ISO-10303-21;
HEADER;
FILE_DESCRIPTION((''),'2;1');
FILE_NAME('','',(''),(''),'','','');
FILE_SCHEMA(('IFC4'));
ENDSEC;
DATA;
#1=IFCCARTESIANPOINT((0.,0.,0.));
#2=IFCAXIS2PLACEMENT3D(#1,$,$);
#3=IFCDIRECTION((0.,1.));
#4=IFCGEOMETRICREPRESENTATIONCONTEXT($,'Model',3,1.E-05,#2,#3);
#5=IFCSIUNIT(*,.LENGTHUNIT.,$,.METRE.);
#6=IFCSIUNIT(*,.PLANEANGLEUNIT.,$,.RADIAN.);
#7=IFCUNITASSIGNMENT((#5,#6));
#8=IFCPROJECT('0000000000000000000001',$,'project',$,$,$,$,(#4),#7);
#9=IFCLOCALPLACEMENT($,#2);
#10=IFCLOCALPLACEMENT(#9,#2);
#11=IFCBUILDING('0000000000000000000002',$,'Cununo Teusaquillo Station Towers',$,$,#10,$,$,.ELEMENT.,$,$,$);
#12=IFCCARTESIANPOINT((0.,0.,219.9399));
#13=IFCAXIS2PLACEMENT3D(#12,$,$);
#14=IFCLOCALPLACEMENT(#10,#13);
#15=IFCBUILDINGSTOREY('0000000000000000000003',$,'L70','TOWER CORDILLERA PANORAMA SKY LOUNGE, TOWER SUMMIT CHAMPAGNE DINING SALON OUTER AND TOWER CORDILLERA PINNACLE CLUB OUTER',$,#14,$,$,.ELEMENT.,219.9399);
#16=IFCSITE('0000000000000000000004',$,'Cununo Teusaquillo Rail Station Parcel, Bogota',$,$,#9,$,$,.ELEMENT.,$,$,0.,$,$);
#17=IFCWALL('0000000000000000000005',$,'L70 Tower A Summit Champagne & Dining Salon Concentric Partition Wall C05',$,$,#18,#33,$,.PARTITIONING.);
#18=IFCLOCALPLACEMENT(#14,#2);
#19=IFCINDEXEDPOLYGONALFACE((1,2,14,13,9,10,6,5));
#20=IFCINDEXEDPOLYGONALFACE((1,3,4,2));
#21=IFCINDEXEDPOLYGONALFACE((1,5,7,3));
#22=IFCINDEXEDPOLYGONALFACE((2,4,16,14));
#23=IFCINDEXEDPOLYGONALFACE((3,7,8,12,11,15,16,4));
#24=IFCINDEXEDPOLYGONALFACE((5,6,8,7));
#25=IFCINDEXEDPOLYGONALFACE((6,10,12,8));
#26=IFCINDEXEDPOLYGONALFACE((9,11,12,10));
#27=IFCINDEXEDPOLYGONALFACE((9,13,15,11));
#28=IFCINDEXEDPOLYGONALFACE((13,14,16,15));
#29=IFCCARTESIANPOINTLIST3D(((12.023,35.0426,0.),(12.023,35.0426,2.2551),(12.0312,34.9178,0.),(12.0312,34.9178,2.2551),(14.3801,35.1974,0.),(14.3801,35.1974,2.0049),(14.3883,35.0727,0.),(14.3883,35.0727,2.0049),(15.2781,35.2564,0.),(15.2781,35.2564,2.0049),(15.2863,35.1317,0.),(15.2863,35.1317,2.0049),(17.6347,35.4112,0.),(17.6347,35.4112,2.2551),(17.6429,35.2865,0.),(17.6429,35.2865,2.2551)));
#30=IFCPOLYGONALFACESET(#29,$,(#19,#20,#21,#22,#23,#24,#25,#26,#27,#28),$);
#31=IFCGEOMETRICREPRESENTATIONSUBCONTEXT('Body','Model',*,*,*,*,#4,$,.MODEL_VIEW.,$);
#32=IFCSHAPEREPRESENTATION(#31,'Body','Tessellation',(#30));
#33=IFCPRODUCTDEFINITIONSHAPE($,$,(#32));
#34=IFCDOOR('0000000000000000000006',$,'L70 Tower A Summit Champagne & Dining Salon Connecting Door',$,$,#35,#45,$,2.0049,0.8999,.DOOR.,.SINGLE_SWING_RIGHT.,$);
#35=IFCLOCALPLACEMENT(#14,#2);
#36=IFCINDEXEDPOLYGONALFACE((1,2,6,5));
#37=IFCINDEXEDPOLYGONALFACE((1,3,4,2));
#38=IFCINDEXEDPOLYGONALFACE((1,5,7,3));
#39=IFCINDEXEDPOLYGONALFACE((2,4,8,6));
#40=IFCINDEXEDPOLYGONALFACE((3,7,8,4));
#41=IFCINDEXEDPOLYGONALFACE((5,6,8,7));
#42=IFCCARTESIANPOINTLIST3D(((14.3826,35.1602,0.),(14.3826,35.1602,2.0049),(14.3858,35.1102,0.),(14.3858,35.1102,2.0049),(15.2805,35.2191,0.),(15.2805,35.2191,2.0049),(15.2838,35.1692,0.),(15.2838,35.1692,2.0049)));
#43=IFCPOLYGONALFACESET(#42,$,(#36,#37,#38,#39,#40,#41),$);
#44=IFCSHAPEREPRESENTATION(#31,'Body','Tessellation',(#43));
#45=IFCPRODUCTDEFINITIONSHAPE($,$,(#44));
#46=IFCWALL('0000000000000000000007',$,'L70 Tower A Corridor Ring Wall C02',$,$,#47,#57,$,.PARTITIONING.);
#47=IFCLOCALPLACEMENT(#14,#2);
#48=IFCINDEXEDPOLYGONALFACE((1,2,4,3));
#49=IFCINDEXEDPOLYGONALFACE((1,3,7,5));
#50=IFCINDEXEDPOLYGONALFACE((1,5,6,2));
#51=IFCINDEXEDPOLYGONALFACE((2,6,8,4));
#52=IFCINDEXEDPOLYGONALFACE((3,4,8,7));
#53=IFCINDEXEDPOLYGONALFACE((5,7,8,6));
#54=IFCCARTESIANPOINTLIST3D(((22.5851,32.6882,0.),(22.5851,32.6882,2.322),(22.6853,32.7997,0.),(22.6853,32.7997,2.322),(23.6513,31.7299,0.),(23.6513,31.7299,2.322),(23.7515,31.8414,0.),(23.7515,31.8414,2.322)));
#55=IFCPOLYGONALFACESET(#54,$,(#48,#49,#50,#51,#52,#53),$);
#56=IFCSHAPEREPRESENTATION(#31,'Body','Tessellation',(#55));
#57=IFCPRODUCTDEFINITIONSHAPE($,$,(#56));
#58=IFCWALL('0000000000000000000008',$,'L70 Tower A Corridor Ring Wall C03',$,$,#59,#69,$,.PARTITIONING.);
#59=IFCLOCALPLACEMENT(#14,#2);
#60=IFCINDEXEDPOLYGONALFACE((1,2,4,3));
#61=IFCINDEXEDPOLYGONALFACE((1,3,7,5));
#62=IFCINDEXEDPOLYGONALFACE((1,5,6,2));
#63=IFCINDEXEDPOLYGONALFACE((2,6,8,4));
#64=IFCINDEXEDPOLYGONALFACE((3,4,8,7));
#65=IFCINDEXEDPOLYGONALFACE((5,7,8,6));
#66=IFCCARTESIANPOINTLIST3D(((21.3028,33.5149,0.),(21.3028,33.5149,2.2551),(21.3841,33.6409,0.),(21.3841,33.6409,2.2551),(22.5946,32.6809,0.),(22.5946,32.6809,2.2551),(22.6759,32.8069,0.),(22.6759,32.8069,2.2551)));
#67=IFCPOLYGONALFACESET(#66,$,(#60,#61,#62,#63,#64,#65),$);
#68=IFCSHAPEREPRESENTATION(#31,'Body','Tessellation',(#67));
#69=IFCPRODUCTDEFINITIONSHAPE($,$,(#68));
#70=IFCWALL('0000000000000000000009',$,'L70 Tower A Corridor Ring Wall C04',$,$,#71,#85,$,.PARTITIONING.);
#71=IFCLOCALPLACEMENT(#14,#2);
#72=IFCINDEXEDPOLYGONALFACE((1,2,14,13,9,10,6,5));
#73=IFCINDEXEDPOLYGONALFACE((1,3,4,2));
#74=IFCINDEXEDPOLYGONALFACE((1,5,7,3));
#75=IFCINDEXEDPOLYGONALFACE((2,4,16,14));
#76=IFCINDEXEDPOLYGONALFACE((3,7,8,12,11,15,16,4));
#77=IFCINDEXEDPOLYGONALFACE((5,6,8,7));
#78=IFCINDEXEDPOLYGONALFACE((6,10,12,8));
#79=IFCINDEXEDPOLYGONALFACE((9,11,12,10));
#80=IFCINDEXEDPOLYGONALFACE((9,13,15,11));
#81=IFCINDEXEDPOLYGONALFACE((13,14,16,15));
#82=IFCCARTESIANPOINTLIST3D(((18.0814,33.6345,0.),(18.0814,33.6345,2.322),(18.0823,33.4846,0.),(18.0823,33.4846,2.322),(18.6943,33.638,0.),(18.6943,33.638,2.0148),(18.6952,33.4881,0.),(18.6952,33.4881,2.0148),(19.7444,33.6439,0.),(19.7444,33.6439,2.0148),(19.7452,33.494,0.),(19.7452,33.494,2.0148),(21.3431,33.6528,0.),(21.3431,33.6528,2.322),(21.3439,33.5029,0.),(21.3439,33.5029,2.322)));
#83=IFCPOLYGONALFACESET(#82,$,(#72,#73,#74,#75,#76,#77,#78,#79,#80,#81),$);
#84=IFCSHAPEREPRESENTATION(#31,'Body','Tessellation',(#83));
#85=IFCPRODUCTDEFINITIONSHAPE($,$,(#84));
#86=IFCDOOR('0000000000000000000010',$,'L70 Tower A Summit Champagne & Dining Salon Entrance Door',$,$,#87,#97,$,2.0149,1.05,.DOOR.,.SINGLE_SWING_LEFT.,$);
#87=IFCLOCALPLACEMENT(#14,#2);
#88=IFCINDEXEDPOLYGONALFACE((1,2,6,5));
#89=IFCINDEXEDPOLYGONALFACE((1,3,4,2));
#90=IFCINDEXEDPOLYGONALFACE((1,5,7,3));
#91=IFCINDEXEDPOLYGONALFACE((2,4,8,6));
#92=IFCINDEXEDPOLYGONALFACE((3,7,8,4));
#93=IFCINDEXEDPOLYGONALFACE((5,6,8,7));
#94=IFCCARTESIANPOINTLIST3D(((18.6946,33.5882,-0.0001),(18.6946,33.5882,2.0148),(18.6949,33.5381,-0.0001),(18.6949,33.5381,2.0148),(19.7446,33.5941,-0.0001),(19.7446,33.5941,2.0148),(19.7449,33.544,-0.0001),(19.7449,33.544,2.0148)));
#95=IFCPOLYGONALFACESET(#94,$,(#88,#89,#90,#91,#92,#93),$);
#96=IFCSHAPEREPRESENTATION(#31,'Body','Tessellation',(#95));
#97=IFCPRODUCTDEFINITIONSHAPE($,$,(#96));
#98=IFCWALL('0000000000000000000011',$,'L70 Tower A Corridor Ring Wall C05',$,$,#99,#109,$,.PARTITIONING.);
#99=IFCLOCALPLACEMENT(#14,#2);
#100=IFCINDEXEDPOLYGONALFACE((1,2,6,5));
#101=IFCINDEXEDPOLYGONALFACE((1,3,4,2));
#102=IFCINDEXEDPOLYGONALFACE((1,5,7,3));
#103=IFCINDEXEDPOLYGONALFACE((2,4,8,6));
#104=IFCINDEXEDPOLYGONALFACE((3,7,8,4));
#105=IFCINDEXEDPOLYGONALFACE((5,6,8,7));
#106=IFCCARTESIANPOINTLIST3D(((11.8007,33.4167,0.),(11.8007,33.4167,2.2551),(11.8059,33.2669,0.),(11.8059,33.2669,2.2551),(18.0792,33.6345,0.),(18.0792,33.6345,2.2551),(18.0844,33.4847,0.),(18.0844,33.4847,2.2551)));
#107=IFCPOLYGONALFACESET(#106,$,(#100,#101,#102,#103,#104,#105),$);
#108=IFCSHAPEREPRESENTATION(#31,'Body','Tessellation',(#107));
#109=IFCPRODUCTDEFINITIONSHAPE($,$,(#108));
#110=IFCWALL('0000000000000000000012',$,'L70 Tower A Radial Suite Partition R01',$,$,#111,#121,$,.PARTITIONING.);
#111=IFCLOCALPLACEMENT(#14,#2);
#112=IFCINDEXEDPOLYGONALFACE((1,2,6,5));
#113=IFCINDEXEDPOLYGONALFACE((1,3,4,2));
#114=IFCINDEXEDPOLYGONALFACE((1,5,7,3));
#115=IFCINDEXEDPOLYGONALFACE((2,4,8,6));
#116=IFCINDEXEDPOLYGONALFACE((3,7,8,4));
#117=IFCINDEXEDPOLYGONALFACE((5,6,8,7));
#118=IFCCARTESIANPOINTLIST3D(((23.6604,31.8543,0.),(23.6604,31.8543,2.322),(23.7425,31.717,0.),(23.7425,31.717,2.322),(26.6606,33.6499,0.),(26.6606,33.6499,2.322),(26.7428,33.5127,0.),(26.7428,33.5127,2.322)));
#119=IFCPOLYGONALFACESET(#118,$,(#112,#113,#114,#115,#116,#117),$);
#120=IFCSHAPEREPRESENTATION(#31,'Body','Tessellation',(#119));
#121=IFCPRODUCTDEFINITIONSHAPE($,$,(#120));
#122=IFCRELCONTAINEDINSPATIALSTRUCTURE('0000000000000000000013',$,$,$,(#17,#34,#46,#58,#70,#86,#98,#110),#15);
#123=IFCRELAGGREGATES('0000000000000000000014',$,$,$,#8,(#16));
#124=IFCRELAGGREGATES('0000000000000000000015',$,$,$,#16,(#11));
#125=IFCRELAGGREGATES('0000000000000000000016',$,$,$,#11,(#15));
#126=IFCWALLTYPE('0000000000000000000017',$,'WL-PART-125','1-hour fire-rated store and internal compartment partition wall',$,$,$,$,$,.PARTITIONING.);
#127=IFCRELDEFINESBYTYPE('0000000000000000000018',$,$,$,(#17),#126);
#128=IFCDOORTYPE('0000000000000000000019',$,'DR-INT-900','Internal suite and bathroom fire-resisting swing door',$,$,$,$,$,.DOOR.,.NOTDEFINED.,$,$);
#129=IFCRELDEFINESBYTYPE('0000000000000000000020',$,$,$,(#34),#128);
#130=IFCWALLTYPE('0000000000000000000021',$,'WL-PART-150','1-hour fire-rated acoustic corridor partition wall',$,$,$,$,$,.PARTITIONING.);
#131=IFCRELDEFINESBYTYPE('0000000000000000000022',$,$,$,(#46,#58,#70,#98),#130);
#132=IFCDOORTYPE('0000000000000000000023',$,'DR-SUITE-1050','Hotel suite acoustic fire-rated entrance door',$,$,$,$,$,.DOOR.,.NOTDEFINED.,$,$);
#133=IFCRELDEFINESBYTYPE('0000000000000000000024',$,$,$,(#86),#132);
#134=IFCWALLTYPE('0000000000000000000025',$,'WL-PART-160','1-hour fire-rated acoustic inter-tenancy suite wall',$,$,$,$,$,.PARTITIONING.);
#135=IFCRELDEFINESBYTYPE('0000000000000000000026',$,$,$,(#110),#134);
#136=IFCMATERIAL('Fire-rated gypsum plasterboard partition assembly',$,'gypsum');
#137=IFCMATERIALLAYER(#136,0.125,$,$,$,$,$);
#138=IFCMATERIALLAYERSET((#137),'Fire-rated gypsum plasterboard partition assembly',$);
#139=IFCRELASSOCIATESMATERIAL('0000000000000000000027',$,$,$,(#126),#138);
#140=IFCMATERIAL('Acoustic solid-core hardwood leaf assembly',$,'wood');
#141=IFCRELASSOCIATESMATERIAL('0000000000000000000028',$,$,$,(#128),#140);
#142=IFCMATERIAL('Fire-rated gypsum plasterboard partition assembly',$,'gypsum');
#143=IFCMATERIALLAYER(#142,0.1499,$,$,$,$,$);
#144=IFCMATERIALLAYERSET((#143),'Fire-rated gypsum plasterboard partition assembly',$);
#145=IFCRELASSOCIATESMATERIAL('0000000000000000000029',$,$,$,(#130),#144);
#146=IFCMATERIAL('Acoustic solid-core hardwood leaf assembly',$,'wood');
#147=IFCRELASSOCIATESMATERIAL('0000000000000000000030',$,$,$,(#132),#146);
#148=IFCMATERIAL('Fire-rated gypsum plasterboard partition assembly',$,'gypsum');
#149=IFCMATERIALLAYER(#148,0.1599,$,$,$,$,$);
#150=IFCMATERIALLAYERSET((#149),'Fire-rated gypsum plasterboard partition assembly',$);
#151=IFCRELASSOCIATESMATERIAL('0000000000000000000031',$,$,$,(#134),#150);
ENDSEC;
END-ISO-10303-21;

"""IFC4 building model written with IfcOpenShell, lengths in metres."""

from ifc_helpers import new_model, si_unit, direction, frame, frame_2d, origin, place, context, subcontext, project, spatial, rectangle, extrude, source, transform, mapped, material, layer, layer_set, type_object, element, fill, save


model = new_model("IFC4")

# Units and contexts
model_context = context("Model", 3, precision=1e-05, world=origin(), true_north=direction((0.0, 1.0)))
body_context = subcontext(model_context, "Body", "Model", "MODEL_VIEW")
ifc_project = project(units=[si_unit("LENGTHUNIT", "METRE"), si_unit("PLANEANGLEUNIT", "RADIAN")], contexts=[model_context])

# Site, building, storey
site_placement = place(None, origin())
site = spatial("IfcSite", under=ifc_project, at=site_placement, Name="Cununo Teusaquillo Rail Station Parcel, Bogota", CompositionType="ELEMENT", RefElevation=0.0)
building_placement = place(site_placement, origin())
building = spatial("IfcBuilding", under=site, at=building_placement, Name="Cununo Teusaquillo Station Towers", CompositionType="ELEMENT")
storey_placement = place(building_placement, frame((0.0, 0.0, 219.9399)))
storey = spatial("IfcBuildingStorey", under=building, at=storey_placement, Name="L70", Description="TOWER CORDILLERA PANORAMA SKY LOUNGE, TOWER SUMMIT CHAMPAGNE DINING SALON OUTER AND TOWER CORDILLERA PINNACLE CLUB OUTER", CompositionType="ELEMENT", Elevation=219.9399)

# Shared definitions
ifc_material_1 = material(Name="Fire-rated gypsum plasterboard partition assembly", Category="gypsum")
ifc_layer_1 = layer(ifc_material_1, 0.125)
ifc_layer_set_1 = layer_set([ifc_layer_1], Name="Fire-rated gypsum plasterboard partition assembly")
wall_type_1 = type_object("IfcWallType", Name="WL-PART-125", Description="1-hour fire-rated store and internal compartment partition wall", PredefinedType="PARTITIONING", material=ifc_layer_set_1)

# Wall, opening, door
wall_1_placement = place(storey_placement, frame((17.6389, 35.3489, 0.0), z_axis=(0.0, 0.0, 1.0), x_axis=(-0.997849, -0.065554, 0.0)))
wall_1 = element("IfcWall", 1, at=wall_1_placement, inside=storey, type_object=wall_type_1, Name="L70 Tower A Summit Champagne & Dining Salon Concentric Partition Wall C05", PredefinedType="PARTITIONING", context=body_context, shape_type="SweptSolid", body=[
    extrude(rectangle(XDim=5.6238, YDim=0.125, at=frame_2d((2.812, 0.0))), origin(), (0.0, 0.0, 1.0), 2.2551),
])
shared_shape_1 = source(origin(), body_context, "Body", "SweptSolid", [
    extrude(rectangle(XDim=0.8999, YDim=2.0049, at=frame_2d((0.45, 1.0024))), frame((0.0, 0.0725, 0.0), z_axis=(0.0, -1.0, 0.0), x_axis=(1.0, 0.0, 0.0)), (0.0, 0.0, 1.0), 0.145),
])
opening_1_placement = place(wall_1_placement, frame((2.3618, 0.0, 0.0)))
opening_1 = element("IfcOpeningElement", 2, at=opening_1_placement, cuts=wall_1, PredefinedType="OPENING", context=body_context, shape_type="MappedRepresentation", body=[
    mapped(shared_shape_1, transform((0.0, 0.0, 0.0), x_axis=(1.0, 0.0, 0.0), y_axis=(0.0, 1.0, 0.0), z_axis=(0.0, 0.0, 1.0), scale=1.0)),
])
ifc_material_2 = material(Name="Acoustic solid-core hardwood leaf assembly", Category="wood")
door_type_1 = type_object("IfcDoorType", Name="DR-INT-900", Description="Internal suite and bathroom fire-resisting swing door", OperationType="NOTDEFINED", PredefinedType="DOOR", material=ifc_material_2)
shared_shape_2 = source(origin(), body_context, "Body", "SweptSolid", [
    extrude(rectangle(XDim=0.8999, YDim=2.0049, at=frame_2d((0.45, 1.0024))), frame((0.0, 0.0249, 0.0), z_axis=(0.0, -1.0, 0.0), x_axis=(1.0, 0.0, 0.0)), (0.0, 0.0, 1.0), 0.05),
])
door_1_placement = place(opening_1_placement, origin())
door_1 = element("IfcDoor", 3, at=door_1_placement, inside=storey, type_object=door_type_1, Name="L70 Tower A Summit Champagne & Dining Salon Connecting Door", OperationType="SINGLE_SWING_RIGHT", OverallHeight=2.0049, OverallWidth=0.8999, PredefinedType="DOOR", context=body_context, shape_type="MappedRepresentation", body=[
    mapped(shared_shape_2, transform((0.0, 0.0, 0.0), x_axis=(1.0, 0.0, 0.0), y_axis=(0.0, 1.0, 0.0), z_axis=(0.0, 0.0, 1.0), scale=1.0)),
])
fill(opening_1, door_1)

# Walls
ifc_material_3 = material(Name="Fire-rated gypsum plasterboard partition assembly", Category="gypsum")
ifc_layer_2 = layer(ifc_material_3, 0.1499)
ifc_layer_set_2 = layer_set([ifc_layer_2], Name="Fire-rated gypsum plasterboard partition assembly")
wall_type_2 = type_object("IfcWallType", Name="WL-PART-150", Description="1-hour fire-rated acoustic corridor partition wall", PredefinedType="PARTITIONING", material=ifc_layer_set_2)
wall_2_placement = place(storey_placement, frame((23.7014, 31.7856, 0.0), z_axis=(0.0, 0.0, 1.0), x_axis=(-0.743743, 0.668466, 0.0)))
element("IfcWall", 4, at=wall_2_placement, inside=storey, type_object=wall_type_2, Name="L70 Tower A Corridor Ring Wall C02", PredefinedType="PARTITIONING", context=body_context, shape_type="SweptSolid", body=[
    extrude(rectangle(XDim=1.4336, YDim=0.1499, at=frame_2d((0.7168, 0.0))), origin(), (0.0, 0.0, 1.0), 2.322),
])
wall_3_placement = place(storey_placement, frame((22.6353, 32.7439, 0.0), z_axis=(0.0, 0.0, 1.0), x_axis=(-0.840119, 0.542402, 0.0)))
element("IfcWall", 5, at=wall_3_placement, inside=storey, type_object=wall_type_2, Name="L70 Tower A Corridor Ring Wall C03", PredefinedType="PARTITIONING", context=body_context, shape_type="SweptSolid", body=[
    extrude(rectangle(XDim=1.5376, YDim=0.1499, at=frame_2d((0.7688, 0.0))), origin(), (0.0, 0.0, 1.0), 2.2551),
])

# Wall, opening, door
wall_4_placement = place(storey_placement, frame((21.3435, 33.5779, 0.0), z_axis=(0.0, 0.0, 1.0), x_axis=(-0.999984, -0.005614, 0.0)))
wall_4 = element("IfcWall", 6, at=wall_4_placement, inside=storey, type_object=wall_type_2, Name="L70 Tower A Corridor Ring Wall C04", PredefinedType="PARTITIONING", context=body_context, shape_type="SweptSolid", body=[
    extrude(rectangle(XDim=3.2617, YDim=0.1499, at=frame_2d((1.6309, 0.0))), origin(), (0.0, 0.0, 1.0), 2.322),
])
shared_shape_3 = source(origin(), body_context, "Body", "SweptSolid", [
    extrude(rectangle(XDim=1.05, YDim=2.0149, at=frame_2d((0.5249, 1.0073))), frame((0.0, 0.085, 0.0), z_axis=(0.0, -1.0, 0.0), x_axis=(1.0, 0.0, 0.0)), (0.0, 0.0, 1.0), 0.1699),
])
opening_2_placement = place(wall_4_placement, frame((1.5989, 0.0, 0.0)))
opening_2 = element("IfcOpeningElement", 7, at=opening_2_placement, cuts=wall_4, PredefinedType="OPENING", context=body_context, shape_type="MappedRepresentation", body=[
    mapped(shared_shape_3, transform((0.0, 0.0, 0.0), x_axis=(1.0, 0.0, 0.0), y_axis=(0.0, 1.0, 0.0), z_axis=(0.0, 0.0, 1.0), scale=1.0)),
])
ifc_material_4 = material(Name="Acoustic solid-core hardwood leaf assembly", Category="wood")
door_type_2 = type_object("IfcDoorType", Name="DR-SUITE-1050", Description="Hotel suite acoustic fire-rated entrance door", OperationType="NOTDEFINED", PredefinedType="DOOR", material=ifc_material_4)
shared_shape_4 = source(origin(), body_context, "Body", "SweptSolid", [
    extrude(rectangle(XDim=1.05, YDim=2.0149, at=frame_2d((0.5249, 1.0073))), frame((0.0, 0.0249, 0.0), z_axis=(0.0, -1.0, 0.0), x_axis=(1.0, 0.0, 0.0)), (0.0, 0.0, 1.0), 0.05),
])
door_2_placement = place(opening_2_placement, origin())
door_2 = element("IfcDoor", 8, at=door_2_placement, inside=storey, type_object=door_type_2, Name="L70 Tower A Summit Champagne & Dining Salon Entrance Door", OperationType="SINGLE_SWING_LEFT", OverallHeight=2.0149, OverallWidth=1.05, PredefinedType="DOOR", context=body_context, shape_type="MappedRepresentation", body=[
    mapped(shared_shape_4, transform((0.0, 0.0, 0.0), x_axis=(1.0, 0.0, 0.0), y_axis=(0.0, 1.0, 0.0), z_axis=(0.0, 0.0, 1.0), scale=1.0)),
])
fill(opening_2, door_2)

# Walls
wall_5_placement = place(storey_placement, frame((18.0818, 33.5596, 0.0), z_axis=(0.0, 0.0, 1.0), x_axis=(-0.999399, -0.034664, 0.0)))
element("IfcWall", 9, at=wall_5_placement, inside=storey, type_object=wall_type_2, Name="L70 Tower A Corridor Ring Wall C05", PredefinedType="PARTITIONING", context=body_context, shape_type="SweptSolid", body=[
    extrude(rectangle(XDim=6.2822, YDim=0.1499, at=frame_2d((3.1411, 0.0))), origin(), (0.0, 0.0, 1.0), 2.2551),
])
ifc_material_5 = material(Name="Fire-rated gypsum plasterboard partition assembly", Category="gypsum")
ifc_layer_3 = layer(ifc_material_5, 0.1599)
ifc_layer_set_3 = layer_set([ifc_layer_3], Name="Fire-rated gypsum plasterboard partition assembly")
wall_type_3 = type_object("IfcWallType", Name="WL-PART-160", Description="1-hour fire-rated acoustic inter-tenancy suite wall", PredefinedType="PARTITIONING", material=ifc_layer_set_3)
wall_6_placement = place(storey_placement, frame((23.7014, 31.7856, 0.0), z_axis=(0.0, 0.0, 1.0), x_axis=(0.858059, 0.513551, 0.0)))
element("IfcWall", 10, at=wall_6_placement, inside=storey, type_object=wall_type_3, Name="L70 Tower A Radial Suite Partition R01", PredefinedType="PARTITIONING", context=body_context, shape_type="SweptSolid", body=[
    extrude(rectangle(XDim=3.4966, YDim=0.1599, at=frame_2d((1.7483, 0.0))), origin(), (0.0, 0.0, 1.0), 2.322),
])

save(model, "model.ifc")
